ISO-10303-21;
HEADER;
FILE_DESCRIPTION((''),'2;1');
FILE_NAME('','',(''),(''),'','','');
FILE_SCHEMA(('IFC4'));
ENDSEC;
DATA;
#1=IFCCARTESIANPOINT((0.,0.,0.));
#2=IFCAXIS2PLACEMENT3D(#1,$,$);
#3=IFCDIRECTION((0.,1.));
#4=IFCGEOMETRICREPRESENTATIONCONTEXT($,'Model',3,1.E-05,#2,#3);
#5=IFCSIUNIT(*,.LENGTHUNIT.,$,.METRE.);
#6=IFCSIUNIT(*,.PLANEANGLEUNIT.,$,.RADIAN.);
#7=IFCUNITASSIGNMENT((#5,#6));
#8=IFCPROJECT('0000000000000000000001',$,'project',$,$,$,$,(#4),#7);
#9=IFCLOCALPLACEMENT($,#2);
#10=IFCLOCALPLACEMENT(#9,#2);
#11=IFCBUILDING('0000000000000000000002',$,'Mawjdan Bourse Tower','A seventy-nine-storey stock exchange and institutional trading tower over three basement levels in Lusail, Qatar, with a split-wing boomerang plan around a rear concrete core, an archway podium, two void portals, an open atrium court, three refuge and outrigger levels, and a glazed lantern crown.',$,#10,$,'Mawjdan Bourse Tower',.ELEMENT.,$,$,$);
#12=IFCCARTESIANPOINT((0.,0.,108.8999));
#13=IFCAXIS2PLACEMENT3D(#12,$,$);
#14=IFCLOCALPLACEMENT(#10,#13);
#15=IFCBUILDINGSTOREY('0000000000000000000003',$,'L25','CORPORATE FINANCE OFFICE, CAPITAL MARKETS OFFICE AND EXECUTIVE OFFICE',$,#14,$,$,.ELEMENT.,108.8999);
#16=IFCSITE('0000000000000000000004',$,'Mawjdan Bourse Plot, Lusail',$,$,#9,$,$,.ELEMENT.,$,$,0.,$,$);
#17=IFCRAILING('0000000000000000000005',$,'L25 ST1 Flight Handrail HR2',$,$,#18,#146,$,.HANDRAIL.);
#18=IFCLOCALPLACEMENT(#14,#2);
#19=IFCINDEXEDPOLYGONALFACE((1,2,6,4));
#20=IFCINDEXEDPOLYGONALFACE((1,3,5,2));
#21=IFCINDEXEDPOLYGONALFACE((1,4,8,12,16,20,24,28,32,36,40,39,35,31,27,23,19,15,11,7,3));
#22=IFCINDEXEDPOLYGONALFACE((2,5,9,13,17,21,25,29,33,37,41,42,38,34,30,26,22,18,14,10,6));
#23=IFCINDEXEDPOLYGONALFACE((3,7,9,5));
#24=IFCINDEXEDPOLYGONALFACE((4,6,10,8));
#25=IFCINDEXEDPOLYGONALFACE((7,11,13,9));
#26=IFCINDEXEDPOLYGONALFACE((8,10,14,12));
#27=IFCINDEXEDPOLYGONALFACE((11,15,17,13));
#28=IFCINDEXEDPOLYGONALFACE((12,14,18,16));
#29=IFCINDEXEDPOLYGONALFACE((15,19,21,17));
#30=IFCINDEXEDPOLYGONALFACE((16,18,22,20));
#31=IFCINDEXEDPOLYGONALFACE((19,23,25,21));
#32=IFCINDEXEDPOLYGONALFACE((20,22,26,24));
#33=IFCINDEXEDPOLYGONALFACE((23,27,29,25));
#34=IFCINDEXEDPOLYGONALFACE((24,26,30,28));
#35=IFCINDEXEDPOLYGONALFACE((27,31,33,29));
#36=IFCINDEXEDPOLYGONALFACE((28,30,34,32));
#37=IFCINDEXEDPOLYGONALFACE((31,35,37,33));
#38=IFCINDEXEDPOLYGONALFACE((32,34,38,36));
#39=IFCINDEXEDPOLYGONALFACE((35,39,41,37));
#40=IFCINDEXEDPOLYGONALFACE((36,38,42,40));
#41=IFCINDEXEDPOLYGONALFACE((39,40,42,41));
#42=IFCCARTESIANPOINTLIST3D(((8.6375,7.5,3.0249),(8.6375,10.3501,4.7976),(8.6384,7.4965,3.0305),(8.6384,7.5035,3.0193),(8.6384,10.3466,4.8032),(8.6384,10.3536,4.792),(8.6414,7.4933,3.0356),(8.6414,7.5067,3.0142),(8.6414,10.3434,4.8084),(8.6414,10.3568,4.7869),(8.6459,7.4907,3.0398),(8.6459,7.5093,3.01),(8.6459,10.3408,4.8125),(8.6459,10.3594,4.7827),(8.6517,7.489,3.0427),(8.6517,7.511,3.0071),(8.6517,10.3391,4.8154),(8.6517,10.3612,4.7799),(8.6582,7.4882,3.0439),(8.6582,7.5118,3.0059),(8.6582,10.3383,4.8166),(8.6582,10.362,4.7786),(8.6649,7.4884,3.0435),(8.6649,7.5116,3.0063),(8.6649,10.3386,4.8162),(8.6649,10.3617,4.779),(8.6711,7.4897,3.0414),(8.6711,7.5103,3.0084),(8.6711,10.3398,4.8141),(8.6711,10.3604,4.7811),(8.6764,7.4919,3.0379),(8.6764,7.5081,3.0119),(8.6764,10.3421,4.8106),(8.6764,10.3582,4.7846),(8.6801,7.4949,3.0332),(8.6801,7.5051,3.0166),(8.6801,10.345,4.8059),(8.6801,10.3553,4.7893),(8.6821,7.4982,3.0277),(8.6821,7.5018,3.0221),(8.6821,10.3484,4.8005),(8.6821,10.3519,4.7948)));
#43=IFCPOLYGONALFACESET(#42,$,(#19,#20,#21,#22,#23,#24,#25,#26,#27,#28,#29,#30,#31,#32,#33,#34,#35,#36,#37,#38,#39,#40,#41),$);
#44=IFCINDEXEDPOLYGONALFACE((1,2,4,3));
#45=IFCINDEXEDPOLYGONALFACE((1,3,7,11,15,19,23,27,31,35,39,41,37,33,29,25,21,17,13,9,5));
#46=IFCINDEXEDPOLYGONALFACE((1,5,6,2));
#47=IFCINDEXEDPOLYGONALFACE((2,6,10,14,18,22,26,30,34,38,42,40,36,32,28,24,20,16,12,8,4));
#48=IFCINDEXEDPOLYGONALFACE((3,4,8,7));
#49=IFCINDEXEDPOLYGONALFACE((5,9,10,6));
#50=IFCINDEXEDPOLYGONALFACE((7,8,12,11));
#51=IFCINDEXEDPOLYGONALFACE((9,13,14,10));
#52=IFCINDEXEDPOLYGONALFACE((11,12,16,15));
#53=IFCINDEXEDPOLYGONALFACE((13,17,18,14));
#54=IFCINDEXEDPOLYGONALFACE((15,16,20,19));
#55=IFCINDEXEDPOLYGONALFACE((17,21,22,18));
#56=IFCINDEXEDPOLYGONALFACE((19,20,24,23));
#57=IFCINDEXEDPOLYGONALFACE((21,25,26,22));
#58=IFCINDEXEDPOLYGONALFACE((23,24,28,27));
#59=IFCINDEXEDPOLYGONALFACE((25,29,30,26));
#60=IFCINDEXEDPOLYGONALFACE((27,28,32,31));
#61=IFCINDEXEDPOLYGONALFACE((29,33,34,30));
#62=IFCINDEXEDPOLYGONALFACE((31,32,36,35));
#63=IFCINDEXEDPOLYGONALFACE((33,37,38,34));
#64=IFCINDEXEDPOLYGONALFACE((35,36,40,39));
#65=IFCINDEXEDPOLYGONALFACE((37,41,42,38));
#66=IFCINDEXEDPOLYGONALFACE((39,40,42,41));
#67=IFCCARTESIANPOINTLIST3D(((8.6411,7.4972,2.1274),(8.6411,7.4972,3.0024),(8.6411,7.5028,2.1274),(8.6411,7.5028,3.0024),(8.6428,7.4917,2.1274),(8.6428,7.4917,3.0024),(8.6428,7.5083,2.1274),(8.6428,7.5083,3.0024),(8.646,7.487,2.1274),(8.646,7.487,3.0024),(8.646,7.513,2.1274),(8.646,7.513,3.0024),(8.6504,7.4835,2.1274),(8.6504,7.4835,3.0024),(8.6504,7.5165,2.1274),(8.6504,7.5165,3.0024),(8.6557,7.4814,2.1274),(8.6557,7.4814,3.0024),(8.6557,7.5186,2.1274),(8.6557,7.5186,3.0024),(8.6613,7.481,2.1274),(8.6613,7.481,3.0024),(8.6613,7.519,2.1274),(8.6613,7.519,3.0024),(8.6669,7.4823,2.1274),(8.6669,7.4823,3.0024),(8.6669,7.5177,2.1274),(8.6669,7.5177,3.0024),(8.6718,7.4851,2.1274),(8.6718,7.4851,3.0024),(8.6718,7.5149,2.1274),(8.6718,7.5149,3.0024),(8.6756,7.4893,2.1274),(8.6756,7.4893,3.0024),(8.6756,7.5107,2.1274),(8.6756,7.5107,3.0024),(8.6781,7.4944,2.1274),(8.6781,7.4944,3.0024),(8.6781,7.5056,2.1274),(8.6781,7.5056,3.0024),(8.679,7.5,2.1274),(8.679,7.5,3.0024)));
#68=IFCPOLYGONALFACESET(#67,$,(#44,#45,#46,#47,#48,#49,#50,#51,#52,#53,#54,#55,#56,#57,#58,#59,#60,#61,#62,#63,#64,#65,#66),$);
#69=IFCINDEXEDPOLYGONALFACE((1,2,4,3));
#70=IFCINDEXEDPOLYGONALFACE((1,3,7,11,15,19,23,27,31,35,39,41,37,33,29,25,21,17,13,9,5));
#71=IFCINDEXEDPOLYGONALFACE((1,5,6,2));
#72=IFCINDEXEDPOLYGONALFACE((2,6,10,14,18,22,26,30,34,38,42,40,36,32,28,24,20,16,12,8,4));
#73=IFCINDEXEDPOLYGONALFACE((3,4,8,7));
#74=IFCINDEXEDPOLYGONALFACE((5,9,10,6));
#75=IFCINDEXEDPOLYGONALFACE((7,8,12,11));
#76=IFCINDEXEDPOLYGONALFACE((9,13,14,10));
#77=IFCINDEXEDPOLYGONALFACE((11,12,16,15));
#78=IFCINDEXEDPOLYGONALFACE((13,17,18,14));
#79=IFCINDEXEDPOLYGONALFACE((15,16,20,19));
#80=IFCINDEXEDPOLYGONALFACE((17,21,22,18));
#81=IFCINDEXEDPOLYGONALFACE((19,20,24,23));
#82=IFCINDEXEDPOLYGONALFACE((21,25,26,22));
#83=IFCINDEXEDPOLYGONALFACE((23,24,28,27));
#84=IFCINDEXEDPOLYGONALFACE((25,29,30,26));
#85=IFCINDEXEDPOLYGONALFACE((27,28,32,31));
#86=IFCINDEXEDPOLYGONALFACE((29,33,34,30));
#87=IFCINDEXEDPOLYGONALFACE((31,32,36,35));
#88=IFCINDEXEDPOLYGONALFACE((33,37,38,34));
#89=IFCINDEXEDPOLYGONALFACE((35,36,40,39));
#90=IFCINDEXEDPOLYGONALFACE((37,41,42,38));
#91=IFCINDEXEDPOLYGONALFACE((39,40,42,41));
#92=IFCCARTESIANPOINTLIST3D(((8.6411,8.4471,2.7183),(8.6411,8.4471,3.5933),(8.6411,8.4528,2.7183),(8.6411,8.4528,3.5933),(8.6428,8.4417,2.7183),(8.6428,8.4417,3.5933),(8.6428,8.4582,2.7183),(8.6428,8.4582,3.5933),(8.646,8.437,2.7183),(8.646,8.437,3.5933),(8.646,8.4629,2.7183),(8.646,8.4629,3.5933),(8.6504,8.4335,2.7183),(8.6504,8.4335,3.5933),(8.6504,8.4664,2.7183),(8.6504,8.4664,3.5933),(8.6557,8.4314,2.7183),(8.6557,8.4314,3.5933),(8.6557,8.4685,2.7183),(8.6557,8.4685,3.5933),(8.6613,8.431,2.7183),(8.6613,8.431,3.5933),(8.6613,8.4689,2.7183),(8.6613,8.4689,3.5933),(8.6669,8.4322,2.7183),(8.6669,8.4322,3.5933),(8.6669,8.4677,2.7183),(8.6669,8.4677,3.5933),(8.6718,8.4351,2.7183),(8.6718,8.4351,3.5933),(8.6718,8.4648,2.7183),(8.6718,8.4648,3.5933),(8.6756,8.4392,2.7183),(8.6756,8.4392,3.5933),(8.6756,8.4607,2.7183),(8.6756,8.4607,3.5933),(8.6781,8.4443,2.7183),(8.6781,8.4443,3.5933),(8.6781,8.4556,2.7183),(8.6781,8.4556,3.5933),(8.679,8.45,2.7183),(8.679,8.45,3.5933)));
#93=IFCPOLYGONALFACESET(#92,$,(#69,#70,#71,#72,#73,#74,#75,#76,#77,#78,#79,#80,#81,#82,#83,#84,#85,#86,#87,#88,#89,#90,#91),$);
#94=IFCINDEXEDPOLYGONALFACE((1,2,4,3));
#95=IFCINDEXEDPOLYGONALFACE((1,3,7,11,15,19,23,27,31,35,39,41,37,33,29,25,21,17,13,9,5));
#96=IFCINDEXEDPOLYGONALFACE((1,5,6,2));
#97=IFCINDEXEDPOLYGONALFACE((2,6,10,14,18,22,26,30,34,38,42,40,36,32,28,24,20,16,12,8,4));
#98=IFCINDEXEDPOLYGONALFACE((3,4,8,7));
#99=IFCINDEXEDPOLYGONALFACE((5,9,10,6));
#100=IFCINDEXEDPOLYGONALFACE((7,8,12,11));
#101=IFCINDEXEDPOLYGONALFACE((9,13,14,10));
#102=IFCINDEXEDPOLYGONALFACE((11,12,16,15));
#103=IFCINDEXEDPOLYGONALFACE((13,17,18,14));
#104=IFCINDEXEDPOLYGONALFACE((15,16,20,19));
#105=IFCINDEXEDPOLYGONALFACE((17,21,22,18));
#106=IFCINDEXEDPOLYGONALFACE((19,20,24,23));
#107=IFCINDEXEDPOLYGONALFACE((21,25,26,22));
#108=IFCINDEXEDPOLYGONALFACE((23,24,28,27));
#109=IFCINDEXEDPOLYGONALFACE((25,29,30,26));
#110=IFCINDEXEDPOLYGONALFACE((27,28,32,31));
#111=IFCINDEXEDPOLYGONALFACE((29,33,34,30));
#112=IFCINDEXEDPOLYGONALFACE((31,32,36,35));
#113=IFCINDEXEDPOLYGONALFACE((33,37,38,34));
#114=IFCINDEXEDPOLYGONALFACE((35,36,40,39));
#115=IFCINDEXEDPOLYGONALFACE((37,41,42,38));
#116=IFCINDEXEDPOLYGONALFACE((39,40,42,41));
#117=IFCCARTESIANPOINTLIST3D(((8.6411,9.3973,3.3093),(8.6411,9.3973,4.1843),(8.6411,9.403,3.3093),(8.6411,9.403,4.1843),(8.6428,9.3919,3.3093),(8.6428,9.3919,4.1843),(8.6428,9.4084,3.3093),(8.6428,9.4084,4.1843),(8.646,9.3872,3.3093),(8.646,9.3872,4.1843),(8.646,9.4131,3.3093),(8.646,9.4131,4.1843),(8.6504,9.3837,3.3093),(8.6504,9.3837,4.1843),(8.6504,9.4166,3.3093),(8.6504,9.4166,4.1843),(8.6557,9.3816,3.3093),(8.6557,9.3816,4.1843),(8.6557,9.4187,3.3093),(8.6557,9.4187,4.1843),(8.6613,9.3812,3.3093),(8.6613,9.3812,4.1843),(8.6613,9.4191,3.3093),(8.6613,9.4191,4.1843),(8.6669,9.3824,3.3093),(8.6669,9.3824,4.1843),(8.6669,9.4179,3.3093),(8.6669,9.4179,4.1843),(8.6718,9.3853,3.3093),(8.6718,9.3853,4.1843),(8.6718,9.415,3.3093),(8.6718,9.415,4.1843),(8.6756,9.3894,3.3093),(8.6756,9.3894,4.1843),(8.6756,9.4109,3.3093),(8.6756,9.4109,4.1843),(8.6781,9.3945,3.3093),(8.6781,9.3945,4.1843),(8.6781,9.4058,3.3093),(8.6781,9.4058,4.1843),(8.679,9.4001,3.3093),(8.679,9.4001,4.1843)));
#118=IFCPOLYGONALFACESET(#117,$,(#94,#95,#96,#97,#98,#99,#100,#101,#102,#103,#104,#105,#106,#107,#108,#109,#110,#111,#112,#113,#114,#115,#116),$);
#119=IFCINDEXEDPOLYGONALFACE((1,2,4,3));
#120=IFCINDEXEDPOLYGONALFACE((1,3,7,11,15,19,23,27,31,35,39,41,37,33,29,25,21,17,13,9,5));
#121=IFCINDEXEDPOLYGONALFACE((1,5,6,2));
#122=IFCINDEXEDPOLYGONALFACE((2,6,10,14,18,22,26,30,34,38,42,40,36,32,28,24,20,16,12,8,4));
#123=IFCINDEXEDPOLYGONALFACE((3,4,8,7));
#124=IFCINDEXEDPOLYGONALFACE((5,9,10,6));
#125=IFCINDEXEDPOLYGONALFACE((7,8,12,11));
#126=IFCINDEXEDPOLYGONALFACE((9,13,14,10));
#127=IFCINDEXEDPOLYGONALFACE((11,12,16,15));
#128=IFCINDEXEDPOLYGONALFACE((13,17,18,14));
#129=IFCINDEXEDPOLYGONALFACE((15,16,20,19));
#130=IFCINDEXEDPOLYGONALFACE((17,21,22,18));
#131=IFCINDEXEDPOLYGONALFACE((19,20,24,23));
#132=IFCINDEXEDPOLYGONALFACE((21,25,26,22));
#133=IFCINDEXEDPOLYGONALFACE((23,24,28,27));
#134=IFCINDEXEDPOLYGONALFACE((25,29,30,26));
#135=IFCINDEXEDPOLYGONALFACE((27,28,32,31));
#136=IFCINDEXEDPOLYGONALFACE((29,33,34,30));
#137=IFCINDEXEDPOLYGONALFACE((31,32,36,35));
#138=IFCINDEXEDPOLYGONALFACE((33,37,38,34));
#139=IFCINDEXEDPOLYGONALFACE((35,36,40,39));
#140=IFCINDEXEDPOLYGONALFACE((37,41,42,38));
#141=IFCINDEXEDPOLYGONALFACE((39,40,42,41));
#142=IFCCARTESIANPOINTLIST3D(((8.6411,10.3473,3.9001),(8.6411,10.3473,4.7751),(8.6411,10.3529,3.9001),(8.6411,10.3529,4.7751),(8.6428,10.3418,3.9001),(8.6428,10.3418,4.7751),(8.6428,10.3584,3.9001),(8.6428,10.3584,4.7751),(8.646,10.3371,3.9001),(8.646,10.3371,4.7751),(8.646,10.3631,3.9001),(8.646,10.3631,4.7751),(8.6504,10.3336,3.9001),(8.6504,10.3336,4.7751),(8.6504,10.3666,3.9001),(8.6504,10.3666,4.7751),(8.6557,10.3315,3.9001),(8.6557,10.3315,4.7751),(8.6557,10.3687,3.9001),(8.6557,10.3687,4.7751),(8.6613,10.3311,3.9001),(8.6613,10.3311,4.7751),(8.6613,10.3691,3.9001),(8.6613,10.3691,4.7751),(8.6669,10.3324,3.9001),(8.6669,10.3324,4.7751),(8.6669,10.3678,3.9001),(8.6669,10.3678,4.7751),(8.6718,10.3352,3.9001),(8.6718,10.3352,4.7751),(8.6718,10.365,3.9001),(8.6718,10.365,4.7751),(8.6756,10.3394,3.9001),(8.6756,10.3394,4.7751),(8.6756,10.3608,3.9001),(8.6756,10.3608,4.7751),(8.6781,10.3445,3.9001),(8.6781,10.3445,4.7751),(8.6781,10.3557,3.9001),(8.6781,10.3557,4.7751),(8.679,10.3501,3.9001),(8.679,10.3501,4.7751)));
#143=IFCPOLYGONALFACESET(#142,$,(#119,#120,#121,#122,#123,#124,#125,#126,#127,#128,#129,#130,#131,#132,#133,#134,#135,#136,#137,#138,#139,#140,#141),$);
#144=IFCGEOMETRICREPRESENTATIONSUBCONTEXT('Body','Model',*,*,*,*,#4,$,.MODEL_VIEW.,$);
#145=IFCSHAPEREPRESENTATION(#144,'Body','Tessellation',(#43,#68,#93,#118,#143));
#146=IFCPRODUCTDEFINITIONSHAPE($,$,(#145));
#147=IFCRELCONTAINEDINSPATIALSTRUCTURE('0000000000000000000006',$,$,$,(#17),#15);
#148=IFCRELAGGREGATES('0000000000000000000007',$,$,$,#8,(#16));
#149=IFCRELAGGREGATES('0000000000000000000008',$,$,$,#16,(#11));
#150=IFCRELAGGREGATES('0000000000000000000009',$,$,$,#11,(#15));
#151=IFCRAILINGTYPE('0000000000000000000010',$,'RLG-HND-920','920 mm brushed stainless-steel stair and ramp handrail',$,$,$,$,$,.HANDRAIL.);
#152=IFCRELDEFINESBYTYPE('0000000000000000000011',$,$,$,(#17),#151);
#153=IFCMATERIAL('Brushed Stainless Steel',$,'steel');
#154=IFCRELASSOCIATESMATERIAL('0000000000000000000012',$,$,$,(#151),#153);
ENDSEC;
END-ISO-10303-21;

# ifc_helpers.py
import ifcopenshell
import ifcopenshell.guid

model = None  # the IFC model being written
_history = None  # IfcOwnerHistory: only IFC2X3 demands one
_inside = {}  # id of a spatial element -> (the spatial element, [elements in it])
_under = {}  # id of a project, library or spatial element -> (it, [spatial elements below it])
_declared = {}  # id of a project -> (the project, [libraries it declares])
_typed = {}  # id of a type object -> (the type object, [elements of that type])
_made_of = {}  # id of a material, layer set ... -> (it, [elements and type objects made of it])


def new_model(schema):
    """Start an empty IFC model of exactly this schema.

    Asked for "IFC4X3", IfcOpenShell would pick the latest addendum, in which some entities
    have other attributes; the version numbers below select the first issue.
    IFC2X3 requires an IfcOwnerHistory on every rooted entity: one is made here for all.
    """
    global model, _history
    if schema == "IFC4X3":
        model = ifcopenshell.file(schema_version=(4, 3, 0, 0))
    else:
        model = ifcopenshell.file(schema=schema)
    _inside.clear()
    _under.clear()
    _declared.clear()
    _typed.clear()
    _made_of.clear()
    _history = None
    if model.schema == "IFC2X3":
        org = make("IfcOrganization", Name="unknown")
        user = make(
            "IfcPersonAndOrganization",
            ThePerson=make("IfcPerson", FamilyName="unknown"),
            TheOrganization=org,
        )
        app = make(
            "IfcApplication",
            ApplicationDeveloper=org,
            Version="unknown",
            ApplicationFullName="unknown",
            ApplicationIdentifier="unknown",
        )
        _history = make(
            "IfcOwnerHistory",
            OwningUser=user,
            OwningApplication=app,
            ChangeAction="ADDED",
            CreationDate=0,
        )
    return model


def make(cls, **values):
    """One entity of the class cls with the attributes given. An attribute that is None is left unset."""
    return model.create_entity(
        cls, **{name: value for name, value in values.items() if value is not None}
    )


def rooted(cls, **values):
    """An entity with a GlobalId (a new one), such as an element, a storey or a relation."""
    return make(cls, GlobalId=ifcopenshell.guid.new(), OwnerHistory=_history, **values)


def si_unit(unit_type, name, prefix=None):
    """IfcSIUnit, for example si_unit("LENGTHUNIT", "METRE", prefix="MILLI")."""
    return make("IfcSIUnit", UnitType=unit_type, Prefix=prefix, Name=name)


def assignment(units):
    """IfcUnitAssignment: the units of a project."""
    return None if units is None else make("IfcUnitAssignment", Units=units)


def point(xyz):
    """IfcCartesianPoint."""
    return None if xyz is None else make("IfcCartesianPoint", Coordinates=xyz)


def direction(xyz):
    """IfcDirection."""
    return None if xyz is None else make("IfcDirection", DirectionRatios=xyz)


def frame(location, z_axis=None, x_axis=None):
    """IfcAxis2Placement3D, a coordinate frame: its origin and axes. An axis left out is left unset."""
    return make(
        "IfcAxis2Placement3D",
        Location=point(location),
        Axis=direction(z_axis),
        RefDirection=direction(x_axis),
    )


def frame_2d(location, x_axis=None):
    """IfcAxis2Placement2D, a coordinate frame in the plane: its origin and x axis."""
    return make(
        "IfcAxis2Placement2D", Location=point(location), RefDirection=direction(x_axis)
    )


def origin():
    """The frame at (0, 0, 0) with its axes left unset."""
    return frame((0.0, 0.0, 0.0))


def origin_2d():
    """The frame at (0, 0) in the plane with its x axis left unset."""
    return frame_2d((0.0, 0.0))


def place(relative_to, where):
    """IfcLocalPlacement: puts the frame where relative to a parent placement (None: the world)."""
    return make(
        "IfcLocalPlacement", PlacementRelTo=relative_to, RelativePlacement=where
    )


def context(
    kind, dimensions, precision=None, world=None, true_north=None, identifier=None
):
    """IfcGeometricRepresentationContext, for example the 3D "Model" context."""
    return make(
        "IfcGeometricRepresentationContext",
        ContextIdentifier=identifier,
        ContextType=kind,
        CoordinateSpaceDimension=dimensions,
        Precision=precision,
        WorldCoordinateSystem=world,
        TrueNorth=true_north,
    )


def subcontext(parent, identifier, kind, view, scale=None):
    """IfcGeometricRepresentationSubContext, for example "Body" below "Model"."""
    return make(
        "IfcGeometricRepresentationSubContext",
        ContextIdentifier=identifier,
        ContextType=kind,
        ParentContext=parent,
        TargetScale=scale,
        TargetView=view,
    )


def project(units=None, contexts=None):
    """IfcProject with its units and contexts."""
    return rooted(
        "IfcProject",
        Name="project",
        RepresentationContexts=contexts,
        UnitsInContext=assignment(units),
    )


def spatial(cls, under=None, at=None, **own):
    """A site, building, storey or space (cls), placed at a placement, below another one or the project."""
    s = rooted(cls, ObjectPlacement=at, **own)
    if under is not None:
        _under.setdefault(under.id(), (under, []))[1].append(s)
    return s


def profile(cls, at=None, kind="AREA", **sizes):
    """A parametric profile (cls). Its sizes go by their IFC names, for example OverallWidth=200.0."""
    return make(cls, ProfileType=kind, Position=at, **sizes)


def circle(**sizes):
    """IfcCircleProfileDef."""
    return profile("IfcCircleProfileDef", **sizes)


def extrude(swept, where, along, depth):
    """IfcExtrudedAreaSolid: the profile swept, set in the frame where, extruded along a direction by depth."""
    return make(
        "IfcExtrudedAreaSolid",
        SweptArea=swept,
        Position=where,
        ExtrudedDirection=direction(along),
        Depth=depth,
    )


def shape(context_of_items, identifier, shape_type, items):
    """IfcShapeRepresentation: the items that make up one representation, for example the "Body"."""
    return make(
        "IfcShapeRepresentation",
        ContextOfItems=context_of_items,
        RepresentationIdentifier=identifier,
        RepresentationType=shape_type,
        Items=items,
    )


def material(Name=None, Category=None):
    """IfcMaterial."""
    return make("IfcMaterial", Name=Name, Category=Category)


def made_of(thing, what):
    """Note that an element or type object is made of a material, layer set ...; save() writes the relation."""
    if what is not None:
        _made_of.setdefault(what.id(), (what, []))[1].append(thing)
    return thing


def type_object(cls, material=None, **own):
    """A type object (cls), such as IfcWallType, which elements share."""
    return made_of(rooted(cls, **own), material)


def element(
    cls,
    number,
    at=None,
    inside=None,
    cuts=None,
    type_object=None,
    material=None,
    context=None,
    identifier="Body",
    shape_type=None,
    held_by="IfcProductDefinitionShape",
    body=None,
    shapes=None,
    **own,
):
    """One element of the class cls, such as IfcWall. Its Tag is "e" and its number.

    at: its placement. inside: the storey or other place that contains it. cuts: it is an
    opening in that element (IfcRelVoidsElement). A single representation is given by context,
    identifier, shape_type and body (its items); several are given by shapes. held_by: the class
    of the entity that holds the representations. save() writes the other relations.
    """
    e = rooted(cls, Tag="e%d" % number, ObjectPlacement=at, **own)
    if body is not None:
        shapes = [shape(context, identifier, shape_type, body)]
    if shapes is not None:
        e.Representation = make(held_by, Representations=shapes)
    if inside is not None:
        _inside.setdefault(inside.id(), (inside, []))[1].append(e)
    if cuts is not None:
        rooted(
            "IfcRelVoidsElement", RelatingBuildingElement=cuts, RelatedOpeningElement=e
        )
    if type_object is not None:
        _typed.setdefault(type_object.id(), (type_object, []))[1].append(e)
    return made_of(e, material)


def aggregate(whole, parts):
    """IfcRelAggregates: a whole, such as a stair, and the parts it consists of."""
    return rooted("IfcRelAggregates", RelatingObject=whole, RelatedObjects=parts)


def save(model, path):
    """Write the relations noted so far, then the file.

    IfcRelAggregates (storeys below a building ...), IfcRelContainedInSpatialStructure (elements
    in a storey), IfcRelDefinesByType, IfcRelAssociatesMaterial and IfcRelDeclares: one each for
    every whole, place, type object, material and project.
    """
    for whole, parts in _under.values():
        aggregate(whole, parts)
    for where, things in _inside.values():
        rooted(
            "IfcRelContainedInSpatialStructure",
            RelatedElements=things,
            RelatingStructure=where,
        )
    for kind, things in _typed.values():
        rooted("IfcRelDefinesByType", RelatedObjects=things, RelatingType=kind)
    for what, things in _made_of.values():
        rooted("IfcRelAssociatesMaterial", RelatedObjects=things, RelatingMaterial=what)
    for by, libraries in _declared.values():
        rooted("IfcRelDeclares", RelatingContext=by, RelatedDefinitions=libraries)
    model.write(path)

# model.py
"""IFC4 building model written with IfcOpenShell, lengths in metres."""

from ifc_helpers import new_model, si_unit, direction, frame, origin, origin_2d, place, context, subcontext, project, spatial, circle, extrude, material, type_object, element, save


model = new_model("IFC4")

# Units and contexts
model_context = context("Model", 3, precision=1e-05, world=origin(), true_north=direction((0.0, 1.0)))
body_context = subcontext(model_context, "Body", "Model", "MODEL_VIEW")
ifc_project = project(units=[si_unit("LENGTHUNIT", "METRE"), si_unit("PLANEANGLEUNIT", "RADIAN")], contexts=[model_context])

# Site, building, storey
site_placement = place(None, origin())
site = spatial("IfcSite", under=ifc_project, at=site_placement, Name="Mawjdan Bourse Plot, Lusail", CompositionType="ELEMENT", RefElevation=0.0)
building_placement = place(site_placement, origin())
building = spatial("IfcBuilding", under=site, at=building_placement, Name="Mawjdan Bourse Tower", Description="A seventy-nine-storey stock exchange and institutional trading tower over three basement levels in Lusail, Qatar, with a split-wing boomerang plan around a rear concrete core, an archway podium, two void portals, an open atrium court, three refuge and outrigger levels, and a glazed lantern crown.", LongName="Mawjdan Bourse Tower", CompositionType="ELEMENT")
storey_placement = place(building_placement, frame((0.0, 0.0, 108.8999)))
storey = spatial("IfcBuildingStorey", under=building, at=storey_placement, Name="L25", Description="CORPORATE FINANCE OFFICE, CAPITAL MARKETS OFFICE AND EXECUTIVE OFFICE", CompositionType="ELEMENT", Elevation=108.8999)

# Railing
ifc_material_1 = material(Name="Brushed Stainless Steel", Category="steel")
railing_type_1 = type_object("IfcRailingType", Name="RLG-HND-920", Description="920 mm brushed stainless-steel stair and ramp handrail", PredefinedType="HANDRAIL", material=ifc_material_1)
railing_1_placement = place(storey_placement, frame((8.6599, 7.5, 2.1274)))
element("IfcRailing", 1, at=railing_1_placement, inside=storey, type_object=railing_type_1, Name="L25 ST1 Flight Handrail HR2", PredefinedType="HANDRAIL", context=body_context, shape_type="SweptSolid", body=[
    extrude(circle(Radius=0.0225, at=origin_2d()), frame((0.0, 0.0, 0.8975), z_axis=(0.0, 0.849149, 0.528154), x_axis=(-1.0, 0.0, 0.0)), (0.0, 0.0, 1.0), 3.3564),
    extrude(circle(Radius=0.019, at=origin_2d()), origin(), (0.0, 0.0, 1.0), 0.875),
    extrude(circle(Radius=0.019, at=origin_2d()), frame((0.0, 0.95, 0.5908)), (0.0, 0.0, 1.0), 0.875),
    extrude(circle(Radius=0.019, at=origin_2d()), frame((0.0, 1.9001, 1.1819)), (0.0, 0.0, 1.0), 0.875),
    extrude(circle(Radius=0.019, at=origin_2d()), frame((0.0, 2.8501, 1.7727)), (0.0, 0.0, 1.0), 0.875),
])

save(model, "model.ifc")
